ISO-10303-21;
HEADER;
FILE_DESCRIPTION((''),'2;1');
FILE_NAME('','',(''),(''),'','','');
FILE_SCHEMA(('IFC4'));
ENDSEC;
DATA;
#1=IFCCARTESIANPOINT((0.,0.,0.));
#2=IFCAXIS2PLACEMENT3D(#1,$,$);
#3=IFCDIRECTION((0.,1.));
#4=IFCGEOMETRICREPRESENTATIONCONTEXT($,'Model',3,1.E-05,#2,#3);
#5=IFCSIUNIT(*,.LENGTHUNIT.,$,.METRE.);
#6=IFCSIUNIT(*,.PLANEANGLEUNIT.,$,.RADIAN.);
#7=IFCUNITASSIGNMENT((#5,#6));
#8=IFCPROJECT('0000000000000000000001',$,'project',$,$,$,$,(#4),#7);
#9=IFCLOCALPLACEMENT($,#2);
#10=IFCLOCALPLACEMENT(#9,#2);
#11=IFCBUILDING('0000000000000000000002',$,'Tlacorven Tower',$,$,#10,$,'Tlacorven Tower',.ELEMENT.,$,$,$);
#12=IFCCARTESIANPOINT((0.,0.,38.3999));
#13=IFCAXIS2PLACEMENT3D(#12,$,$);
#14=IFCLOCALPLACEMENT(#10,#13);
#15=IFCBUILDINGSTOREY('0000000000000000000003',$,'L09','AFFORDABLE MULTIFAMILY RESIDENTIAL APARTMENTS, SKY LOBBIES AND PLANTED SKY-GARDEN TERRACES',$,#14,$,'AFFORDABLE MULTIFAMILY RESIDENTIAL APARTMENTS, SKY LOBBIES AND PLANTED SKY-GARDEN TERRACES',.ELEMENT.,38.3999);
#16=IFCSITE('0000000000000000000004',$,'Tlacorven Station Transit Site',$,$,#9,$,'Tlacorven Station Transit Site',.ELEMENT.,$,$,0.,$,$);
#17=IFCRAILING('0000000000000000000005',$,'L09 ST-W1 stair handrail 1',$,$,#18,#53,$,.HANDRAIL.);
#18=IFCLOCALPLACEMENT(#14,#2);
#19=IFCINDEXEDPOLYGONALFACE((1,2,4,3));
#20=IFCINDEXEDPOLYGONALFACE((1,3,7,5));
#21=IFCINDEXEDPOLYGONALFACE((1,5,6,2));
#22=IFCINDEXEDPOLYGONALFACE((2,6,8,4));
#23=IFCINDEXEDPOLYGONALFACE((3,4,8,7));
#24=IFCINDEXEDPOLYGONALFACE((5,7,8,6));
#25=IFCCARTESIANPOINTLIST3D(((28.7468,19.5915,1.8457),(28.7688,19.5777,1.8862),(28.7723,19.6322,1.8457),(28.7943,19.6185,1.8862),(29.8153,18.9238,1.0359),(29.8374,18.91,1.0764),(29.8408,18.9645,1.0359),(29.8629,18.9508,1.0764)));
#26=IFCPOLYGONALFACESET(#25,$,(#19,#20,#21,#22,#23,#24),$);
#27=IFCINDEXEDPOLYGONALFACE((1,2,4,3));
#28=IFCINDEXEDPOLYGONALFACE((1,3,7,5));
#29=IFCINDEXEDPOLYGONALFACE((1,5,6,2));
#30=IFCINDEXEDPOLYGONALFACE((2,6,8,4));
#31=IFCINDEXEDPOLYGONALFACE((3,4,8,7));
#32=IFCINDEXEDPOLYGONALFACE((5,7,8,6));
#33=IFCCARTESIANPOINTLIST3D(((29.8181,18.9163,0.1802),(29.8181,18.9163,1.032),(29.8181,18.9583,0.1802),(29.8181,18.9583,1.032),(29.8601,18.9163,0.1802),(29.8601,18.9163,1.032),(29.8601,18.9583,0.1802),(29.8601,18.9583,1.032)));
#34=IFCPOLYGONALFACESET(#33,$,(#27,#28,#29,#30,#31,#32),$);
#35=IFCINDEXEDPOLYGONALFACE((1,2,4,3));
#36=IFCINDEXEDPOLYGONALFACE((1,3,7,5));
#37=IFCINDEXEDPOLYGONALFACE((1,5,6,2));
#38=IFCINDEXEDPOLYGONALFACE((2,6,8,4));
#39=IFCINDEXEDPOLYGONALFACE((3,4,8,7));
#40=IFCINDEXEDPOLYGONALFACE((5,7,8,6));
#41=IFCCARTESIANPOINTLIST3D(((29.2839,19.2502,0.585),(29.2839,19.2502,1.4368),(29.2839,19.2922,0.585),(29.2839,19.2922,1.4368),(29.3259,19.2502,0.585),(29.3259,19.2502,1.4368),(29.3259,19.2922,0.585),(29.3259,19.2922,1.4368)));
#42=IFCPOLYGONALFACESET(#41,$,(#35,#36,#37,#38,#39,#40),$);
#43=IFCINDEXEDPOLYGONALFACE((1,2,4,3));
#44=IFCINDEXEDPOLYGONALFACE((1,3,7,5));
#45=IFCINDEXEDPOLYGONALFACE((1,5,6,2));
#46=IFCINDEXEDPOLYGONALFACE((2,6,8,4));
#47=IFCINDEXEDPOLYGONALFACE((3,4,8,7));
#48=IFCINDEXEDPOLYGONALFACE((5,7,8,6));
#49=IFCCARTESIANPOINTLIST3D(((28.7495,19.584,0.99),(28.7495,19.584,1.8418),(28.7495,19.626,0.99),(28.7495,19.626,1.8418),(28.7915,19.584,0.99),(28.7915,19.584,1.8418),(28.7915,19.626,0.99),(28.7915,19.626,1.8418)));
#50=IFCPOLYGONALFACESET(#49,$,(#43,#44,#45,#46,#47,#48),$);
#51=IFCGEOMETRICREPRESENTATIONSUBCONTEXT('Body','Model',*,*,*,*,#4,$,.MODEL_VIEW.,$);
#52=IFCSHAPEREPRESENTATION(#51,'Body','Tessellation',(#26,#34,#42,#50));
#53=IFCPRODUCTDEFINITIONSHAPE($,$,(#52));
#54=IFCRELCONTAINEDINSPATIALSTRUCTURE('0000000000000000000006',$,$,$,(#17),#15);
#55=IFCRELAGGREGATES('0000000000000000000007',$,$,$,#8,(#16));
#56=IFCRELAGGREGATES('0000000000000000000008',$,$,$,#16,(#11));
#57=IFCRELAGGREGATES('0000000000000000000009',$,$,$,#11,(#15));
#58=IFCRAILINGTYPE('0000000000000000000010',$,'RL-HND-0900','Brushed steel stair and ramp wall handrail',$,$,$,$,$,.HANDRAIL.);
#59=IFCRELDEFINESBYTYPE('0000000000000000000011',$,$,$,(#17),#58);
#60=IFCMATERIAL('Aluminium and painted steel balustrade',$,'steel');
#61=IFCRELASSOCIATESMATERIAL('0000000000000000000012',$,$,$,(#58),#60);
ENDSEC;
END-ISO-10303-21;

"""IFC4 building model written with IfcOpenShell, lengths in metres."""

from ifc_helpers import new_model, si_unit, direction, frame, origin, origin_2d, place, context, subcontext, project, spatial, rectangle, extrude, source, transform, mapped, material, type_object, element, save


model = new_model("IFC4")

# Units and contexts
model_context = context("Model", 3, precision=1e-05, world=origin(), true_north=direction((0.0, 1.0)))
body_context = subcontext(model_context, "Body", "Model", "MODEL_VIEW")
ifc_project = project(units=[si_unit("LENGTHUNIT", "METRE"), si_unit("PLANEANGLEUNIT", "RADIAN")], contexts=[model_context])

# Site, building, storey
site_placement = place(None, origin())
site = spatial("IfcSite", under=ifc_project, at=site_placement, Name="Tlacorven Station Transit Site", LongName="Tlacorven Station Transit Site", CompositionType="ELEMENT", RefElevation=0.0)
building_placement = place(site_placement, origin())
building = spatial("IfcBuilding", under=site, at=building_placement, Name="Tlacorven Tower", LongName="Tlacorven Tower", CompositionType="ELEMENT")
storey_placement = place(building_placement, frame((0.0, 0.0, 38.3999)))
storey = spatial("IfcBuildingStorey", under=building, at=storey_placement, Name="L09", Description="AFFORDABLE MULTIFAMILY RESIDENTIAL APARTMENTS, SKY LOBBIES AND PLANTED SKY-GARDEN TERRACES", LongName="AFFORDABLE MULTIFAMILY RESIDENTIAL APARTMENTS, SKY LOBBIES AND PLANTED SKY-GARDEN TERRACES", CompositionType="ELEMENT", Elevation=38.3999)

# Railing
ifc_material_1 = material(Name="Aluminium and painted steel balustrade", Category="steel")
railing_type_1 = type_object("IfcRailingType", Name="RL-HND-0900", Description="Brushed steel stair and ramp wall handrail", PredefinedType="HANDRAIL", material=ifc_material_1)
shared_shape_1 = source(origin(), body_context, "Body", "SweptSolid", [
    extrude(rectangle(XDim=0.0481, YDim=0.0481, at=origin_2d()), frame((0.0, 0.0, 0.876), z_axis=(-0.713423, 0.445787, 0.540649), x_axis=(-0.529912, -0.848053, 0.0)), (0.0, 0.0, 1.0), 1.4978),
    extrude(rectangle(XDim=0.042, YDim=0.042, at=origin_2d()), origin(), (0.0, 0.0, 1.0), 0.8518),
    extrude(rectangle(XDim=0.042, YDim=0.042, at=origin_2d()), frame((-0.5342, 0.334, 0.4048)), (0.0, 0.0, 1.0), 0.8518),
    extrude(rectangle(XDim=0.042, YDim=0.042, at=origin_2d()), frame((-1.0686, 0.6677, 0.8098)), (0.0, 0.0, 1.0), 0.8518),
])
railing_1_placement = place(storey_placement, frame((29.8391, 18.9373, 0.1802)))
element("IfcRailing", 1, at=railing_1_placement, inside=storey, type_object=railing_type_1, Name="L09 ST-W1 stair handrail 1", PredefinedType="HANDRAIL", context=body_context, shape_type="MappedRepresentation", body=[
    mapped(shared_shape_1, transform((0.0, 0.0, 0.0), scale=1.0)),
])

save(model, "model.ifc")
